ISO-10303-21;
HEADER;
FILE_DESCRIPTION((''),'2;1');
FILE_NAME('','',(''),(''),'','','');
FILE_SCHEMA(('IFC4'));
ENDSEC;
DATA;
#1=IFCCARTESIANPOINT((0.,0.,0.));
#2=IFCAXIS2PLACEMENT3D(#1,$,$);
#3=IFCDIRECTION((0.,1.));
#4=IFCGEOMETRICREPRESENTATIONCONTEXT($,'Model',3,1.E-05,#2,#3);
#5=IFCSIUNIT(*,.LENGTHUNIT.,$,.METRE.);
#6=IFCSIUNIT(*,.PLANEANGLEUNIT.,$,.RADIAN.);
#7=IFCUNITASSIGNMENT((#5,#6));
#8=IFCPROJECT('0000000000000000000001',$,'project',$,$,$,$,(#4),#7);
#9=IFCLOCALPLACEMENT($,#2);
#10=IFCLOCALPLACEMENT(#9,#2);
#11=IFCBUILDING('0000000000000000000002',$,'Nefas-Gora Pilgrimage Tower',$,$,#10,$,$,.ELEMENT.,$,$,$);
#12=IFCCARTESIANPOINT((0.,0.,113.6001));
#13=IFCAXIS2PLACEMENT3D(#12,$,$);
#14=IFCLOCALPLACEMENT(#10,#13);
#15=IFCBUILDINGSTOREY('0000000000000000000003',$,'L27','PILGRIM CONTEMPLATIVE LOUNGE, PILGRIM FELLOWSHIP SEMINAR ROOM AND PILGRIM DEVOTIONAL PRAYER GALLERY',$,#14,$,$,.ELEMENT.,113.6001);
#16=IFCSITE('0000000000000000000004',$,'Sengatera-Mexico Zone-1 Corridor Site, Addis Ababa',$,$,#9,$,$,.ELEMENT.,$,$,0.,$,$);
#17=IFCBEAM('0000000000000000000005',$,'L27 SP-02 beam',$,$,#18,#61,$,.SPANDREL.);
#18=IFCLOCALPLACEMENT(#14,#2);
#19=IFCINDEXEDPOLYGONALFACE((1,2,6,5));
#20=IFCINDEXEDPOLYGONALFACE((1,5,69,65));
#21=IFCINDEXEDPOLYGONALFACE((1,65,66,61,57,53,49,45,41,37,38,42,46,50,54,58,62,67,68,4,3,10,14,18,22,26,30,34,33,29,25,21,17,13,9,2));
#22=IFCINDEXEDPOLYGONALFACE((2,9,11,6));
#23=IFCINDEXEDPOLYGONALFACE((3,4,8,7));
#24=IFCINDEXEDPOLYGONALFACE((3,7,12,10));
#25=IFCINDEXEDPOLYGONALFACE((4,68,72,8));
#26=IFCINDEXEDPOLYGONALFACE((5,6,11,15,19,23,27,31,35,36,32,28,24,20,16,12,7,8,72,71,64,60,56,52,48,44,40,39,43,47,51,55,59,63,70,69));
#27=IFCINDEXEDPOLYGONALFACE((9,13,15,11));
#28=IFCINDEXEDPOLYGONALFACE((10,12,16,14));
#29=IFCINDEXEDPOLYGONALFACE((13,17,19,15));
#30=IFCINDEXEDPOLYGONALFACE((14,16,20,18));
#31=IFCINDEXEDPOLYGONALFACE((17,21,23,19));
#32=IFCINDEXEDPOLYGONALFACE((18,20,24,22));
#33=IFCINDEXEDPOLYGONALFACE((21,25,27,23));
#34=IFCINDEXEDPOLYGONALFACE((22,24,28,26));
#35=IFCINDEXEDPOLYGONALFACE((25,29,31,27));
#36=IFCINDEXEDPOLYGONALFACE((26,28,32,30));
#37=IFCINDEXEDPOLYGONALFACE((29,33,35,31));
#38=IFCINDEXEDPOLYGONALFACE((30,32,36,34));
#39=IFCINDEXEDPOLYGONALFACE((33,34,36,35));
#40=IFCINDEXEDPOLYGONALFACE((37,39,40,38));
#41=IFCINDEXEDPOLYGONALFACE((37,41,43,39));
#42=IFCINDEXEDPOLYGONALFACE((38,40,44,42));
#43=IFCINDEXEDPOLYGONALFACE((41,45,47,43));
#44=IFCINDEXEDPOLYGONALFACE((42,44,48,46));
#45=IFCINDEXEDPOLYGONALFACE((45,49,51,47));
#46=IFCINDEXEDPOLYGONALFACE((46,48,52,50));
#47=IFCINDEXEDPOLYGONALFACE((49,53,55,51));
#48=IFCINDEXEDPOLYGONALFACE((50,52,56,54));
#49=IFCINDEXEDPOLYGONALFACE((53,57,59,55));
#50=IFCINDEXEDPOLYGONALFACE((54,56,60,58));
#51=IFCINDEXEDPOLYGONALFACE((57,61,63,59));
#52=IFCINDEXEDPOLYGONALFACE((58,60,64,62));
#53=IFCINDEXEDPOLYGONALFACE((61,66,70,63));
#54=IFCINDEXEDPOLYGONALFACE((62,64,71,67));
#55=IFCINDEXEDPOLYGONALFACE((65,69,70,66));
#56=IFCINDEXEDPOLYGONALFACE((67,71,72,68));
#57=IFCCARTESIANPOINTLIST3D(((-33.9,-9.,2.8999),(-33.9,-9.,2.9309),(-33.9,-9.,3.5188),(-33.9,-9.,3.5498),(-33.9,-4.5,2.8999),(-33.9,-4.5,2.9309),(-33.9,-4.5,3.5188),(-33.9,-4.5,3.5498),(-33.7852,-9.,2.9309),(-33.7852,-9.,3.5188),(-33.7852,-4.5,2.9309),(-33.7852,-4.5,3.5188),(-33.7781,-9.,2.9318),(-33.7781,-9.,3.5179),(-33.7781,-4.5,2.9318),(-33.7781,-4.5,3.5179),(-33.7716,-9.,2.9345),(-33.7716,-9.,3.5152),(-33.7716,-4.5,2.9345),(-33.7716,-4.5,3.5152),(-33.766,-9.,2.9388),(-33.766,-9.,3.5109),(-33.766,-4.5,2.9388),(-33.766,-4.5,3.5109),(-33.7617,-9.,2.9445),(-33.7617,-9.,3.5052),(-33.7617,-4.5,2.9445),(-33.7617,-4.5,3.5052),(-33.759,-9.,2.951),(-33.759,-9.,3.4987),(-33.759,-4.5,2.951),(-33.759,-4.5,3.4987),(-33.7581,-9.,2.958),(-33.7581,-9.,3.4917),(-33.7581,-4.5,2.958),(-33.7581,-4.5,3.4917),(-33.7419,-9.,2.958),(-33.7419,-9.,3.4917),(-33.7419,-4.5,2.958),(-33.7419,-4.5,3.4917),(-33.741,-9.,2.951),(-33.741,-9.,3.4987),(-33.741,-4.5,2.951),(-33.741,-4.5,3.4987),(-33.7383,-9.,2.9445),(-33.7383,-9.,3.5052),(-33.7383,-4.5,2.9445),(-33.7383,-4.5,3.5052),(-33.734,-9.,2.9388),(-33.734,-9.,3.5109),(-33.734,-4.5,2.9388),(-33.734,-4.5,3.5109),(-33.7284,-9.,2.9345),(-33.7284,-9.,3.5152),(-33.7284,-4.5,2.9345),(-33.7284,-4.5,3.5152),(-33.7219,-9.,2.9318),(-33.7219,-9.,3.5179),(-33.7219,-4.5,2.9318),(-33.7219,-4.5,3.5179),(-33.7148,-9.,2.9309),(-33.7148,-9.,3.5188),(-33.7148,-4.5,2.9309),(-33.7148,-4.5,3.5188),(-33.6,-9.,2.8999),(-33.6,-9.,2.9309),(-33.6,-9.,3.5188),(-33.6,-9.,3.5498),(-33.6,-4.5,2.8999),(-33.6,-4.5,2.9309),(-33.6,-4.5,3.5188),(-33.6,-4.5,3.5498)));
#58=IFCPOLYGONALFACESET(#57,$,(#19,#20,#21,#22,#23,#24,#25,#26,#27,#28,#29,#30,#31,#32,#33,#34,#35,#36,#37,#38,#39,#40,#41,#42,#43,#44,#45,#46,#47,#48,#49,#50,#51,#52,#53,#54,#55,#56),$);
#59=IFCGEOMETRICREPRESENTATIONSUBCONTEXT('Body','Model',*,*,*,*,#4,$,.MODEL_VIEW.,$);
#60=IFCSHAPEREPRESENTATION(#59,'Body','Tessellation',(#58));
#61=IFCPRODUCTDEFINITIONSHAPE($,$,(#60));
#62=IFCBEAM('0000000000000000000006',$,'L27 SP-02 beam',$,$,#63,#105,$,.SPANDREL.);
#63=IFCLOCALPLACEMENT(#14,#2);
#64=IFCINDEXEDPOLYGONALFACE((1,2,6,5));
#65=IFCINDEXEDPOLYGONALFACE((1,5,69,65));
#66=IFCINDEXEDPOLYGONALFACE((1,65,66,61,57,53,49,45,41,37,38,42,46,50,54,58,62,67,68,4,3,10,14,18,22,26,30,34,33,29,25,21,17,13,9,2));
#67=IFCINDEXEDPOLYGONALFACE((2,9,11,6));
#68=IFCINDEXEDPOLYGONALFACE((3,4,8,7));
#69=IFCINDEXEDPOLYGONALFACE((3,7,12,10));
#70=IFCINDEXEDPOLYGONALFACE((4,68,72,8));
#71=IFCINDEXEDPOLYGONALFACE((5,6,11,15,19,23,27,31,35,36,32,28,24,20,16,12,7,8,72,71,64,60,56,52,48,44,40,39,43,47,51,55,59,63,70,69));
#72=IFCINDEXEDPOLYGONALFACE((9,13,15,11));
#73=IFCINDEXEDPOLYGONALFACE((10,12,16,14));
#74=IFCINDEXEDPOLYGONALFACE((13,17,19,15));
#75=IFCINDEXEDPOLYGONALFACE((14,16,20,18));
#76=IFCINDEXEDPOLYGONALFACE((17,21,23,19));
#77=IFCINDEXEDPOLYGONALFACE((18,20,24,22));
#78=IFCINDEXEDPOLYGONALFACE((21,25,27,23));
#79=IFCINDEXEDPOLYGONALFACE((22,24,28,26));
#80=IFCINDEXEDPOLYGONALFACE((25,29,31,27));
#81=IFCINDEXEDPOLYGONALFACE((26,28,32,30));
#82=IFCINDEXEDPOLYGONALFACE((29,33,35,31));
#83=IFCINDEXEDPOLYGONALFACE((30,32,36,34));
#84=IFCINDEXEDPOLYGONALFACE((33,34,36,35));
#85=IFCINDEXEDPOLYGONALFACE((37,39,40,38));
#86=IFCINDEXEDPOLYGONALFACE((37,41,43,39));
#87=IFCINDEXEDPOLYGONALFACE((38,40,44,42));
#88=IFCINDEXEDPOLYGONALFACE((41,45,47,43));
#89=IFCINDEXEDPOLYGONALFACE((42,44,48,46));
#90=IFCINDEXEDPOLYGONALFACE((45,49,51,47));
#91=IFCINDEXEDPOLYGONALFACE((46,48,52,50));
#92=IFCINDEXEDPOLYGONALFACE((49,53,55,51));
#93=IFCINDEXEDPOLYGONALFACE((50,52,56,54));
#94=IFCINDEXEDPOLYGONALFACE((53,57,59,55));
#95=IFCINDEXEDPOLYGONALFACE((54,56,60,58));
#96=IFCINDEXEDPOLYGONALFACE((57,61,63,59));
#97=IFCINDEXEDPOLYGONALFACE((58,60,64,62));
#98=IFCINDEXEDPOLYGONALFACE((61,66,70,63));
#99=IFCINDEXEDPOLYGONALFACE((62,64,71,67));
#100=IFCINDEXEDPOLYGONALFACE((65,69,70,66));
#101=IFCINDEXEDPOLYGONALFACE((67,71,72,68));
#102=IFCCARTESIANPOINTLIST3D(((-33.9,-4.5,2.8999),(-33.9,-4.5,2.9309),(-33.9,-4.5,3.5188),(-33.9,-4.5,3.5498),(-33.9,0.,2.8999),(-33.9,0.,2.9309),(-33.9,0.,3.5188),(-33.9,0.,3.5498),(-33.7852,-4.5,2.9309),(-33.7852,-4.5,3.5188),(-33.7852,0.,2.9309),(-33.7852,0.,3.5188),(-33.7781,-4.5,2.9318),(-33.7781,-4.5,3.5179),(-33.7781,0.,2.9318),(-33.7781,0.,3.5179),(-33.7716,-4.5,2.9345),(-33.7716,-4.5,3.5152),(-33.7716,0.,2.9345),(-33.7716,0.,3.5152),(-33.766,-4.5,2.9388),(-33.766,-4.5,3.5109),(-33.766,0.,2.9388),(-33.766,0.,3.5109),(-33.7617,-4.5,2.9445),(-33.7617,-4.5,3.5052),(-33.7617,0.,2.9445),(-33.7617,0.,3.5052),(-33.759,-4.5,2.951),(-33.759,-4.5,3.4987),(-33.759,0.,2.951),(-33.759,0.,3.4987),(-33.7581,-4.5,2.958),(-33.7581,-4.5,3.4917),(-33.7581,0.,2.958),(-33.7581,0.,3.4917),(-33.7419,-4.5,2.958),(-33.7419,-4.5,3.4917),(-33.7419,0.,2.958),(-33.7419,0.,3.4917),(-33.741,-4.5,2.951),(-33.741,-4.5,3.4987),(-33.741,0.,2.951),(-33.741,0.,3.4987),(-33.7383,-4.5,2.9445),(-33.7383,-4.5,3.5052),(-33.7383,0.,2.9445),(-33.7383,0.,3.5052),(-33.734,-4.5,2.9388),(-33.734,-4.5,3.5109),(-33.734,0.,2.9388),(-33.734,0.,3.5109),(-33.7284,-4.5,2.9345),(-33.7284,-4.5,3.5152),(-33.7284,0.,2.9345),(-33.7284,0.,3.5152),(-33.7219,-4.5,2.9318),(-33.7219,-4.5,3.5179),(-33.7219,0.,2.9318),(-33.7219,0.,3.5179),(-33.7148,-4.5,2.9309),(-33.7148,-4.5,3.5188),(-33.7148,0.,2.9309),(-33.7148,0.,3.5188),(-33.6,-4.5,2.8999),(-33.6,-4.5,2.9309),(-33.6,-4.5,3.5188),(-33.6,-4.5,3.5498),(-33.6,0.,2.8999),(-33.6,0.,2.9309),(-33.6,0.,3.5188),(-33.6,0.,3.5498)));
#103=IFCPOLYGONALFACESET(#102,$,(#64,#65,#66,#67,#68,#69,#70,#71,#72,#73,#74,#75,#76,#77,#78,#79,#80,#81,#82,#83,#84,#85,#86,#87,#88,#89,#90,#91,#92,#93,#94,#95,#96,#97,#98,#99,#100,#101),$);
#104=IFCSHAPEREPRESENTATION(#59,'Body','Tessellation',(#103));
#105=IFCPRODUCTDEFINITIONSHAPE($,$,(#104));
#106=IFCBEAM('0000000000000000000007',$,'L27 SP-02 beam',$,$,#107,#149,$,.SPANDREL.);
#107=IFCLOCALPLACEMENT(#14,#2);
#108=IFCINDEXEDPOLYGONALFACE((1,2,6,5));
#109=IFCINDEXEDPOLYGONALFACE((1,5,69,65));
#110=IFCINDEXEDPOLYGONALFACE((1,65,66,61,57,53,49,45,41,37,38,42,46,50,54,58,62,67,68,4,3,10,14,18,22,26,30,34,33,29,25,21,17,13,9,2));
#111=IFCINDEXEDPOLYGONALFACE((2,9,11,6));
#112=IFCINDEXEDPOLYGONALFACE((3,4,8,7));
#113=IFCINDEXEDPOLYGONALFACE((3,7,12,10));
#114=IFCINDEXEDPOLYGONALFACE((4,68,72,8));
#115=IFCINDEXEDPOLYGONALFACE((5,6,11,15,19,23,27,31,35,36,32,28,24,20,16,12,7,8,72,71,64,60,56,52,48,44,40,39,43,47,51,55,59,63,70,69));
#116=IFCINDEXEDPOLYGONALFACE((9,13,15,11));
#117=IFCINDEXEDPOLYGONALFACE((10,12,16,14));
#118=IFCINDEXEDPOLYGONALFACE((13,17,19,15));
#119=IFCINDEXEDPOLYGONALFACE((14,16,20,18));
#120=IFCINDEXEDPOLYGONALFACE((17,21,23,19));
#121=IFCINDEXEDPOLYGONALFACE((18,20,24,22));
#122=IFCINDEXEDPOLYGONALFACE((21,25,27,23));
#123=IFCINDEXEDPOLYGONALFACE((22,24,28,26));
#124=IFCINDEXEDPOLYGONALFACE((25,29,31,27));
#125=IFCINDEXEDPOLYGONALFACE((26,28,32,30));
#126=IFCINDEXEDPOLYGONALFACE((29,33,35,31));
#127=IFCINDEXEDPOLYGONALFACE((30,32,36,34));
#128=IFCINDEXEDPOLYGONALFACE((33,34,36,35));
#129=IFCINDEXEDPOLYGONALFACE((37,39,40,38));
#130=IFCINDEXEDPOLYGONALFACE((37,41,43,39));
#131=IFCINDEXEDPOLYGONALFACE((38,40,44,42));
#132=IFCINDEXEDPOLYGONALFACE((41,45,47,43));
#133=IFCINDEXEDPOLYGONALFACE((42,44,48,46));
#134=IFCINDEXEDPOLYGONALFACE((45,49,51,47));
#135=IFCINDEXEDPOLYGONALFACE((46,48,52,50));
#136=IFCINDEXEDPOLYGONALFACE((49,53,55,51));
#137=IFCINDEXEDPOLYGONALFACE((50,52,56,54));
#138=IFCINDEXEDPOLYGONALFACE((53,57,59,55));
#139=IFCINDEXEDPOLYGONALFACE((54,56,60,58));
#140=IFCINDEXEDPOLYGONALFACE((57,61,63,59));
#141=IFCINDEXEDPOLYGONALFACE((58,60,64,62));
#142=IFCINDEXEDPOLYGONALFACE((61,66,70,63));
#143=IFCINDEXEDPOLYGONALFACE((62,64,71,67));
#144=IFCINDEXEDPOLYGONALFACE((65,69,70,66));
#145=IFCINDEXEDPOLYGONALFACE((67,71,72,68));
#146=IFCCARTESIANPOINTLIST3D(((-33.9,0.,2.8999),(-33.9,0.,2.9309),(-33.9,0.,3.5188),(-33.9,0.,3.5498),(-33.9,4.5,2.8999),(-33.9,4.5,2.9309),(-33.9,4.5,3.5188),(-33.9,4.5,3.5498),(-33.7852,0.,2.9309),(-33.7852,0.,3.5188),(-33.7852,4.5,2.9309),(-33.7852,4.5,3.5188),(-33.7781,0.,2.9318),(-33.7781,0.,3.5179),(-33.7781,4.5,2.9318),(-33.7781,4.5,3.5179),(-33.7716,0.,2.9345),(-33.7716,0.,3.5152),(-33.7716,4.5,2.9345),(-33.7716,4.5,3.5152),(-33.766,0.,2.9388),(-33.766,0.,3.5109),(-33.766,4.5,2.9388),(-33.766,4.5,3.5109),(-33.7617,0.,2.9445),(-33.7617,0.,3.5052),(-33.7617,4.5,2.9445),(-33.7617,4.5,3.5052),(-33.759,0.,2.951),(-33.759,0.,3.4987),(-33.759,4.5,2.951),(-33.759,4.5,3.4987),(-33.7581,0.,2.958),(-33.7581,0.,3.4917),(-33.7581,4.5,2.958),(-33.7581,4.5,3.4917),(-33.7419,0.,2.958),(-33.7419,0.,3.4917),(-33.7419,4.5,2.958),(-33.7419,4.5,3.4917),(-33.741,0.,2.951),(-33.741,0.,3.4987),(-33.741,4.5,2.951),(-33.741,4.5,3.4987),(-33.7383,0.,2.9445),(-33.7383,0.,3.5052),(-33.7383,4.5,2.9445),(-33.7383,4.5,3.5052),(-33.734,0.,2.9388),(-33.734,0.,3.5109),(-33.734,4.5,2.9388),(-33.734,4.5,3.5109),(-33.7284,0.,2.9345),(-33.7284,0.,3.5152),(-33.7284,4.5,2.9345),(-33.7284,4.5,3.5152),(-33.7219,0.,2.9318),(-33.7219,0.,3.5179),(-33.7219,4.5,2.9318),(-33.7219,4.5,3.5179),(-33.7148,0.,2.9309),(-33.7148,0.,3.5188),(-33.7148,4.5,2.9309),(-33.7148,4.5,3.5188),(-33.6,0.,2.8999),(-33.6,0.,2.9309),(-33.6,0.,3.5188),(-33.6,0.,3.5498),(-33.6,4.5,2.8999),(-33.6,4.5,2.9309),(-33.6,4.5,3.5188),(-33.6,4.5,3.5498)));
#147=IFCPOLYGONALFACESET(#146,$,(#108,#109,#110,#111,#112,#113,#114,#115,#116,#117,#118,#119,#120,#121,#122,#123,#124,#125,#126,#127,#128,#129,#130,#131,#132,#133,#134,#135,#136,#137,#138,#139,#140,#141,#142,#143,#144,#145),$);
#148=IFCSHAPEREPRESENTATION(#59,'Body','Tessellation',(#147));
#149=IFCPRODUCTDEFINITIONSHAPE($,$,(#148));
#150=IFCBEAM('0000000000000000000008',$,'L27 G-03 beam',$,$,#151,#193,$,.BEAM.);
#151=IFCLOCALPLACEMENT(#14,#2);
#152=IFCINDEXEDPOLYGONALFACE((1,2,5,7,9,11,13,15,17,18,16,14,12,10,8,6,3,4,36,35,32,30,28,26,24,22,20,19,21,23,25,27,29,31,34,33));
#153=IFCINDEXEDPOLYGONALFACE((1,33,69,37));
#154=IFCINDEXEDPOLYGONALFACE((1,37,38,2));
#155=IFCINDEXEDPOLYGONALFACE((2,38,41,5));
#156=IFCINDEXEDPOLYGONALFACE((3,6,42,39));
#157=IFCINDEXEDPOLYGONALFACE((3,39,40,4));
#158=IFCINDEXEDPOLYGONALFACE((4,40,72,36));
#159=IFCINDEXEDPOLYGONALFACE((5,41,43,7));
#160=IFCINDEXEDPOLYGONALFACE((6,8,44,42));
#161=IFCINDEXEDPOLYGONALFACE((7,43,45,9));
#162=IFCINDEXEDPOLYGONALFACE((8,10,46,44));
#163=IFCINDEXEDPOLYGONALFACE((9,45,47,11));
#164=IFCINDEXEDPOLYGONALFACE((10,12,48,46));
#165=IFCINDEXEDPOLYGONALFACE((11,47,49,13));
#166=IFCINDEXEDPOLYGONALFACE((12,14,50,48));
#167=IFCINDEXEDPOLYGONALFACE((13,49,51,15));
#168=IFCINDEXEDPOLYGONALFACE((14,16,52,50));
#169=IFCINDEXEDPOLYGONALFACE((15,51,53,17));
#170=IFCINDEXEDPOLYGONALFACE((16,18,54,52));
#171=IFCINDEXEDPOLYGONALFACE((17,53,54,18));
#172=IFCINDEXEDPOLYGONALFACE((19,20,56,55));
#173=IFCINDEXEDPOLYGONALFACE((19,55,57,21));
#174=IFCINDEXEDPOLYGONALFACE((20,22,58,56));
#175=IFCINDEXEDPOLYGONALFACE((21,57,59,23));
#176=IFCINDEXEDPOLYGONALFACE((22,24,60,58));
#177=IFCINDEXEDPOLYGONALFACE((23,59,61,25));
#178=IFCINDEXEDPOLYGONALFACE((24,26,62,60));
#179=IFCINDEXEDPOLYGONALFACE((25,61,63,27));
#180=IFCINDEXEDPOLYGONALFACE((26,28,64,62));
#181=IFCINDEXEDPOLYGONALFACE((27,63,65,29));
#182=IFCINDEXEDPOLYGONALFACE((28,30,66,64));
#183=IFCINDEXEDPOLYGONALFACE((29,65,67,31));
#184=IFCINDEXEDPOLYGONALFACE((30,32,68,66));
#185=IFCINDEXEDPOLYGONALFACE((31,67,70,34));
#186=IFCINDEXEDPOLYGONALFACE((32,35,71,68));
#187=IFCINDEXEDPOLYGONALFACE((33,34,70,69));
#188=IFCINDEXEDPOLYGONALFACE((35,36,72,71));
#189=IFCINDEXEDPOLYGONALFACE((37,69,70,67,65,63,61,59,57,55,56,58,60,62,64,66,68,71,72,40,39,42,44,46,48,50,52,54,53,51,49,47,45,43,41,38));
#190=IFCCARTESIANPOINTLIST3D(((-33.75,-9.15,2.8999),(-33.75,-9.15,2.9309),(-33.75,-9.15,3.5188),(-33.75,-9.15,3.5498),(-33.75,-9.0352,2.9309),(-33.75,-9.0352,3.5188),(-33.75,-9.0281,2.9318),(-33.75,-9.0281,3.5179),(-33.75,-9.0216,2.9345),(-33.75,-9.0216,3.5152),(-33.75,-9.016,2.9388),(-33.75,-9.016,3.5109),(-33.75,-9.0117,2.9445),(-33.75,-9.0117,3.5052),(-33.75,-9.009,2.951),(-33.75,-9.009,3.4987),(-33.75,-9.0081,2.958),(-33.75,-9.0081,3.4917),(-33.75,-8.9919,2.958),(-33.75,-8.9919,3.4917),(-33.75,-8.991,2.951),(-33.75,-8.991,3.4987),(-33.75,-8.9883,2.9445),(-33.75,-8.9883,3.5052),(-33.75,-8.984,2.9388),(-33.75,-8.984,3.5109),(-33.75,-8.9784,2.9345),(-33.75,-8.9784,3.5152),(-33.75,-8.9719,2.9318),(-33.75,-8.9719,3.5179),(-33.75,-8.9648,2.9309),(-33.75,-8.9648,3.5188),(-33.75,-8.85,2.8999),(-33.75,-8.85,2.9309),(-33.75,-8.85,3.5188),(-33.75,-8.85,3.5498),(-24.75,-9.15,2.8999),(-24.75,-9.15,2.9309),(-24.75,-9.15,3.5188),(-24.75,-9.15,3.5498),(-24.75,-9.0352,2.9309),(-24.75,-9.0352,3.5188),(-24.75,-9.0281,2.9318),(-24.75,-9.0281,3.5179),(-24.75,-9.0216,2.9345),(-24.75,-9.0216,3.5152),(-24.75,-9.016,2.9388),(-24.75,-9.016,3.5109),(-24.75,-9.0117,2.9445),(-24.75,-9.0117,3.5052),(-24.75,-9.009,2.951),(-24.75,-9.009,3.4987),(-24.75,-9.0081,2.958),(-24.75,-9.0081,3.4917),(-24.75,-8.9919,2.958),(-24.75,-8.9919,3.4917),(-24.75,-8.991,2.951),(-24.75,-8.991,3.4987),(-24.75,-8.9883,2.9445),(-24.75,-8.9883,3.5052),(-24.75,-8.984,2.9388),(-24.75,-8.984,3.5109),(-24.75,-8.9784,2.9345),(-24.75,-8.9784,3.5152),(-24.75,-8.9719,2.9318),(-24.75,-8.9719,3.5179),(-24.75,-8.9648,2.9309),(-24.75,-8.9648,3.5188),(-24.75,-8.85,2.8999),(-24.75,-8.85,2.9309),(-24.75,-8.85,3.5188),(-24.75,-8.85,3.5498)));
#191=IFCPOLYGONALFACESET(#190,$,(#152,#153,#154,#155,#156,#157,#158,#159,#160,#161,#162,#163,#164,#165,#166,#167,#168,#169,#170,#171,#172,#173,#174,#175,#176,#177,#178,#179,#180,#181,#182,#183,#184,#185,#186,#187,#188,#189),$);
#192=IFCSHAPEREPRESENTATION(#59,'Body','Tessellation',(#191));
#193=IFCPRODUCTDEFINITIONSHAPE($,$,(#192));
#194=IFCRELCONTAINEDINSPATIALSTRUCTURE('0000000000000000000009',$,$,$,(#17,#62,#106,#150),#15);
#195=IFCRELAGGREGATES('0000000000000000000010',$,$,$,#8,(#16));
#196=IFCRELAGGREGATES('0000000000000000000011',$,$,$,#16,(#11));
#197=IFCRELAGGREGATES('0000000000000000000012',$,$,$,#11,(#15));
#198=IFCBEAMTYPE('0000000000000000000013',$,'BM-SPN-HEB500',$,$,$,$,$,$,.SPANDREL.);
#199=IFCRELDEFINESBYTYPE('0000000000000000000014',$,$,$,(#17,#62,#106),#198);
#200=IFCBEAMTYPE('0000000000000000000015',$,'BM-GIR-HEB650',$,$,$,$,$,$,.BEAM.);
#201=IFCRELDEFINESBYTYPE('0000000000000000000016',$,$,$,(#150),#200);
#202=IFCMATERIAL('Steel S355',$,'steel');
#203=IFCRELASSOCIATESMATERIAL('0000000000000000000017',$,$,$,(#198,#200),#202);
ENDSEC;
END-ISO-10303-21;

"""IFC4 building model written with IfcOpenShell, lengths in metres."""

from ifc_helpers import new_model, si_unit, direction, frame, origin, origin_2d, place, context, subcontext, project, spatial, i_section, extrude, source, transform, mapped, material, material_profile, profile_set, type_object, element, save


model = new_model("IFC4")

# Units and contexts
model_context = context("Model", 3, precision=1e-05, world=origin(), true_north=direction((0.0, 1.0)))
body_context = subcontext(model_context, "Body", "Model", "MODEL_VIEW")
ifc_project = project(units=[si_unit("LENGTHUNIT", "METRE"), si_unit("PLANEANGLEUNIT", "RADIAN")], contexts=[model_context])

# Site, building, storey
site_placement = place(None, origin())
site = spatial("IfcSite", under=ifc_project, at=site_placement, Name="Sengatera-Mexico Zone-1 Corridor Site, Addis Ababa", CompositionType="ELEMENT", RefElevation=0.0)
building_placement = place(site_placement, origin())
building = spatial("IfcBuilding", under=site, at=building_placement, Name="Nefas-Gora Pilgrimage Tower", CompositionType="ELEMENT")
storey_placement = place(building_placement, frame((0.0, 0.0, 113.6001)))
storey = spatial("IfcBuildingStorey", under=building, at=storey_placement, Name="L27", Description="PILGRIM CONTEMPLATIVE LOUNGE, PILGRIM FELLOWSHIP SEMINAR ROOM AND PILGRIM DEVOTIONAL PRAYER GALLERY", CompositionType="ELEMENT", Elevation=113.6001)

# Beams
ifc_material_1 = material(Name="Steel S355", Category="steel")
ifc_material_profile_1 = material_profile(ifc_material_1, i_section(OverallWidth=0.3, OverallDepth=0.6499, WebThickness=0.0161, FlangeThickness=0.031, FilletRadius=0.0271, at=origin_2d()), Name="HEB 650")
ifc_profile_set_1 = profile_set([ifc_material_profile_1], Name="Steel S355")
beam_type_1 = type_object("IfcBeamType", Name="BM-SPN-HEB500", PredefinedType="SPANDREL", material=ifc_profile_set_1)
shared_shape_1 = source(origin(), body_context, "Body", "SweptSolid", [
    extrude(i_section(OverallWidth=0.3, OverallDepth=0.6499, WebThickness=0.0161, FlangeThickness=0.031, FilletRadius=0.0271, at=origin_2d()), origin(), (0.0, 0.0, 1.0), 4.5),
])
for number, where, z_axis, x_axis, name in (
    (1, (-33.75, -9.0, 3.2249), (0.0, 1.0, 0.0), (-1.0, 0.0, 0.0), "L27 SP-02 beam"),
    (2, (-33.75, -4.5, 3.2249), (0.0, 1.0, 0.0), (-1.0, 0.0, 0.0), "L27 SP-02 beam"),
    (3, (-33.75, 0.0, 3.2249), (0.0, 1.0, 0.0), (-1.0, 0.0, 0.0), "L27 SP-02 beam"),
):
    element("IfcBeam", number, at=place(storey_placement, frame(where, z_axis=z_axis, x_axis=x_axis)), inside=storey, type_object=beam_type_1, Name=name, PredefinedType="SPANDREL", context=body_context, shape_type="MappedRepresentation", body=[
        mapped(shared_shape_1, transform((0.0, 0.0, 0.0), x_axis=(1.0, 0.0, 0.0), y_axis=(0.0, 1.0, 0.0), z_axis=(0.0, 0.0, 1.0), scale=1.0)),
    ])
ifc_material_profile_2 = material_profile(ifc_material_1, i_section(OverallWidth=0.3, OverallDepth=0.6499, WebThickness=0.0161, FlangeThickness=0.031, FilletRadius=0.0271, at=origin_2d()), Name="HEB 650")
ifc_profile_set_2 = profile_set([ifc_material_profile_2], Name="Steel S355")
beam_type_2 = type_object("IfcBeamType", Name="BM-GIR-HEB650", PredefinedType="BEAM", material=ifc_profile_set_2)
shared_shape_2 = source(origin(), body_context, "Body", "SweptSolid", [
    extrude(i_section(OverallWidth=0.3, OverallDepth=0.6499, WebThickness=0.0161, FlangeThickness=0.031, FilletRadius=0.0271, at=origin_2d()), origin(), (0.0, 0.0, 1.0), 9.0),
])
for number, where, z_axis, x_axis, name in (
    (4, (-33.75, -9.0, 3.2249), (1.0, 0.0, 0.0), (0.0, 1.0, 0.0), "L27 G-03 beam"),
):
    element("IfcBeam", number, at=place(storey_placement, frame(where, z_axis=z_axis, x_axis=x_axis)), inside=storey, type_object=beam_type_2, Name=name, PredefinedType="BEAM", context=body_context, shape_type="MappedRepresentation", body=[
        mapped(shared_shape_2, transform((0.0, 0.0, 0.0), x_axis=(1.0, 0.0, 0.0), y_axis=(0.0, 1.0, 0.0), z_axis=(0.0, 0.0, 1.0), scale=1.0)),
    ])

save(model, "model.ifc")
